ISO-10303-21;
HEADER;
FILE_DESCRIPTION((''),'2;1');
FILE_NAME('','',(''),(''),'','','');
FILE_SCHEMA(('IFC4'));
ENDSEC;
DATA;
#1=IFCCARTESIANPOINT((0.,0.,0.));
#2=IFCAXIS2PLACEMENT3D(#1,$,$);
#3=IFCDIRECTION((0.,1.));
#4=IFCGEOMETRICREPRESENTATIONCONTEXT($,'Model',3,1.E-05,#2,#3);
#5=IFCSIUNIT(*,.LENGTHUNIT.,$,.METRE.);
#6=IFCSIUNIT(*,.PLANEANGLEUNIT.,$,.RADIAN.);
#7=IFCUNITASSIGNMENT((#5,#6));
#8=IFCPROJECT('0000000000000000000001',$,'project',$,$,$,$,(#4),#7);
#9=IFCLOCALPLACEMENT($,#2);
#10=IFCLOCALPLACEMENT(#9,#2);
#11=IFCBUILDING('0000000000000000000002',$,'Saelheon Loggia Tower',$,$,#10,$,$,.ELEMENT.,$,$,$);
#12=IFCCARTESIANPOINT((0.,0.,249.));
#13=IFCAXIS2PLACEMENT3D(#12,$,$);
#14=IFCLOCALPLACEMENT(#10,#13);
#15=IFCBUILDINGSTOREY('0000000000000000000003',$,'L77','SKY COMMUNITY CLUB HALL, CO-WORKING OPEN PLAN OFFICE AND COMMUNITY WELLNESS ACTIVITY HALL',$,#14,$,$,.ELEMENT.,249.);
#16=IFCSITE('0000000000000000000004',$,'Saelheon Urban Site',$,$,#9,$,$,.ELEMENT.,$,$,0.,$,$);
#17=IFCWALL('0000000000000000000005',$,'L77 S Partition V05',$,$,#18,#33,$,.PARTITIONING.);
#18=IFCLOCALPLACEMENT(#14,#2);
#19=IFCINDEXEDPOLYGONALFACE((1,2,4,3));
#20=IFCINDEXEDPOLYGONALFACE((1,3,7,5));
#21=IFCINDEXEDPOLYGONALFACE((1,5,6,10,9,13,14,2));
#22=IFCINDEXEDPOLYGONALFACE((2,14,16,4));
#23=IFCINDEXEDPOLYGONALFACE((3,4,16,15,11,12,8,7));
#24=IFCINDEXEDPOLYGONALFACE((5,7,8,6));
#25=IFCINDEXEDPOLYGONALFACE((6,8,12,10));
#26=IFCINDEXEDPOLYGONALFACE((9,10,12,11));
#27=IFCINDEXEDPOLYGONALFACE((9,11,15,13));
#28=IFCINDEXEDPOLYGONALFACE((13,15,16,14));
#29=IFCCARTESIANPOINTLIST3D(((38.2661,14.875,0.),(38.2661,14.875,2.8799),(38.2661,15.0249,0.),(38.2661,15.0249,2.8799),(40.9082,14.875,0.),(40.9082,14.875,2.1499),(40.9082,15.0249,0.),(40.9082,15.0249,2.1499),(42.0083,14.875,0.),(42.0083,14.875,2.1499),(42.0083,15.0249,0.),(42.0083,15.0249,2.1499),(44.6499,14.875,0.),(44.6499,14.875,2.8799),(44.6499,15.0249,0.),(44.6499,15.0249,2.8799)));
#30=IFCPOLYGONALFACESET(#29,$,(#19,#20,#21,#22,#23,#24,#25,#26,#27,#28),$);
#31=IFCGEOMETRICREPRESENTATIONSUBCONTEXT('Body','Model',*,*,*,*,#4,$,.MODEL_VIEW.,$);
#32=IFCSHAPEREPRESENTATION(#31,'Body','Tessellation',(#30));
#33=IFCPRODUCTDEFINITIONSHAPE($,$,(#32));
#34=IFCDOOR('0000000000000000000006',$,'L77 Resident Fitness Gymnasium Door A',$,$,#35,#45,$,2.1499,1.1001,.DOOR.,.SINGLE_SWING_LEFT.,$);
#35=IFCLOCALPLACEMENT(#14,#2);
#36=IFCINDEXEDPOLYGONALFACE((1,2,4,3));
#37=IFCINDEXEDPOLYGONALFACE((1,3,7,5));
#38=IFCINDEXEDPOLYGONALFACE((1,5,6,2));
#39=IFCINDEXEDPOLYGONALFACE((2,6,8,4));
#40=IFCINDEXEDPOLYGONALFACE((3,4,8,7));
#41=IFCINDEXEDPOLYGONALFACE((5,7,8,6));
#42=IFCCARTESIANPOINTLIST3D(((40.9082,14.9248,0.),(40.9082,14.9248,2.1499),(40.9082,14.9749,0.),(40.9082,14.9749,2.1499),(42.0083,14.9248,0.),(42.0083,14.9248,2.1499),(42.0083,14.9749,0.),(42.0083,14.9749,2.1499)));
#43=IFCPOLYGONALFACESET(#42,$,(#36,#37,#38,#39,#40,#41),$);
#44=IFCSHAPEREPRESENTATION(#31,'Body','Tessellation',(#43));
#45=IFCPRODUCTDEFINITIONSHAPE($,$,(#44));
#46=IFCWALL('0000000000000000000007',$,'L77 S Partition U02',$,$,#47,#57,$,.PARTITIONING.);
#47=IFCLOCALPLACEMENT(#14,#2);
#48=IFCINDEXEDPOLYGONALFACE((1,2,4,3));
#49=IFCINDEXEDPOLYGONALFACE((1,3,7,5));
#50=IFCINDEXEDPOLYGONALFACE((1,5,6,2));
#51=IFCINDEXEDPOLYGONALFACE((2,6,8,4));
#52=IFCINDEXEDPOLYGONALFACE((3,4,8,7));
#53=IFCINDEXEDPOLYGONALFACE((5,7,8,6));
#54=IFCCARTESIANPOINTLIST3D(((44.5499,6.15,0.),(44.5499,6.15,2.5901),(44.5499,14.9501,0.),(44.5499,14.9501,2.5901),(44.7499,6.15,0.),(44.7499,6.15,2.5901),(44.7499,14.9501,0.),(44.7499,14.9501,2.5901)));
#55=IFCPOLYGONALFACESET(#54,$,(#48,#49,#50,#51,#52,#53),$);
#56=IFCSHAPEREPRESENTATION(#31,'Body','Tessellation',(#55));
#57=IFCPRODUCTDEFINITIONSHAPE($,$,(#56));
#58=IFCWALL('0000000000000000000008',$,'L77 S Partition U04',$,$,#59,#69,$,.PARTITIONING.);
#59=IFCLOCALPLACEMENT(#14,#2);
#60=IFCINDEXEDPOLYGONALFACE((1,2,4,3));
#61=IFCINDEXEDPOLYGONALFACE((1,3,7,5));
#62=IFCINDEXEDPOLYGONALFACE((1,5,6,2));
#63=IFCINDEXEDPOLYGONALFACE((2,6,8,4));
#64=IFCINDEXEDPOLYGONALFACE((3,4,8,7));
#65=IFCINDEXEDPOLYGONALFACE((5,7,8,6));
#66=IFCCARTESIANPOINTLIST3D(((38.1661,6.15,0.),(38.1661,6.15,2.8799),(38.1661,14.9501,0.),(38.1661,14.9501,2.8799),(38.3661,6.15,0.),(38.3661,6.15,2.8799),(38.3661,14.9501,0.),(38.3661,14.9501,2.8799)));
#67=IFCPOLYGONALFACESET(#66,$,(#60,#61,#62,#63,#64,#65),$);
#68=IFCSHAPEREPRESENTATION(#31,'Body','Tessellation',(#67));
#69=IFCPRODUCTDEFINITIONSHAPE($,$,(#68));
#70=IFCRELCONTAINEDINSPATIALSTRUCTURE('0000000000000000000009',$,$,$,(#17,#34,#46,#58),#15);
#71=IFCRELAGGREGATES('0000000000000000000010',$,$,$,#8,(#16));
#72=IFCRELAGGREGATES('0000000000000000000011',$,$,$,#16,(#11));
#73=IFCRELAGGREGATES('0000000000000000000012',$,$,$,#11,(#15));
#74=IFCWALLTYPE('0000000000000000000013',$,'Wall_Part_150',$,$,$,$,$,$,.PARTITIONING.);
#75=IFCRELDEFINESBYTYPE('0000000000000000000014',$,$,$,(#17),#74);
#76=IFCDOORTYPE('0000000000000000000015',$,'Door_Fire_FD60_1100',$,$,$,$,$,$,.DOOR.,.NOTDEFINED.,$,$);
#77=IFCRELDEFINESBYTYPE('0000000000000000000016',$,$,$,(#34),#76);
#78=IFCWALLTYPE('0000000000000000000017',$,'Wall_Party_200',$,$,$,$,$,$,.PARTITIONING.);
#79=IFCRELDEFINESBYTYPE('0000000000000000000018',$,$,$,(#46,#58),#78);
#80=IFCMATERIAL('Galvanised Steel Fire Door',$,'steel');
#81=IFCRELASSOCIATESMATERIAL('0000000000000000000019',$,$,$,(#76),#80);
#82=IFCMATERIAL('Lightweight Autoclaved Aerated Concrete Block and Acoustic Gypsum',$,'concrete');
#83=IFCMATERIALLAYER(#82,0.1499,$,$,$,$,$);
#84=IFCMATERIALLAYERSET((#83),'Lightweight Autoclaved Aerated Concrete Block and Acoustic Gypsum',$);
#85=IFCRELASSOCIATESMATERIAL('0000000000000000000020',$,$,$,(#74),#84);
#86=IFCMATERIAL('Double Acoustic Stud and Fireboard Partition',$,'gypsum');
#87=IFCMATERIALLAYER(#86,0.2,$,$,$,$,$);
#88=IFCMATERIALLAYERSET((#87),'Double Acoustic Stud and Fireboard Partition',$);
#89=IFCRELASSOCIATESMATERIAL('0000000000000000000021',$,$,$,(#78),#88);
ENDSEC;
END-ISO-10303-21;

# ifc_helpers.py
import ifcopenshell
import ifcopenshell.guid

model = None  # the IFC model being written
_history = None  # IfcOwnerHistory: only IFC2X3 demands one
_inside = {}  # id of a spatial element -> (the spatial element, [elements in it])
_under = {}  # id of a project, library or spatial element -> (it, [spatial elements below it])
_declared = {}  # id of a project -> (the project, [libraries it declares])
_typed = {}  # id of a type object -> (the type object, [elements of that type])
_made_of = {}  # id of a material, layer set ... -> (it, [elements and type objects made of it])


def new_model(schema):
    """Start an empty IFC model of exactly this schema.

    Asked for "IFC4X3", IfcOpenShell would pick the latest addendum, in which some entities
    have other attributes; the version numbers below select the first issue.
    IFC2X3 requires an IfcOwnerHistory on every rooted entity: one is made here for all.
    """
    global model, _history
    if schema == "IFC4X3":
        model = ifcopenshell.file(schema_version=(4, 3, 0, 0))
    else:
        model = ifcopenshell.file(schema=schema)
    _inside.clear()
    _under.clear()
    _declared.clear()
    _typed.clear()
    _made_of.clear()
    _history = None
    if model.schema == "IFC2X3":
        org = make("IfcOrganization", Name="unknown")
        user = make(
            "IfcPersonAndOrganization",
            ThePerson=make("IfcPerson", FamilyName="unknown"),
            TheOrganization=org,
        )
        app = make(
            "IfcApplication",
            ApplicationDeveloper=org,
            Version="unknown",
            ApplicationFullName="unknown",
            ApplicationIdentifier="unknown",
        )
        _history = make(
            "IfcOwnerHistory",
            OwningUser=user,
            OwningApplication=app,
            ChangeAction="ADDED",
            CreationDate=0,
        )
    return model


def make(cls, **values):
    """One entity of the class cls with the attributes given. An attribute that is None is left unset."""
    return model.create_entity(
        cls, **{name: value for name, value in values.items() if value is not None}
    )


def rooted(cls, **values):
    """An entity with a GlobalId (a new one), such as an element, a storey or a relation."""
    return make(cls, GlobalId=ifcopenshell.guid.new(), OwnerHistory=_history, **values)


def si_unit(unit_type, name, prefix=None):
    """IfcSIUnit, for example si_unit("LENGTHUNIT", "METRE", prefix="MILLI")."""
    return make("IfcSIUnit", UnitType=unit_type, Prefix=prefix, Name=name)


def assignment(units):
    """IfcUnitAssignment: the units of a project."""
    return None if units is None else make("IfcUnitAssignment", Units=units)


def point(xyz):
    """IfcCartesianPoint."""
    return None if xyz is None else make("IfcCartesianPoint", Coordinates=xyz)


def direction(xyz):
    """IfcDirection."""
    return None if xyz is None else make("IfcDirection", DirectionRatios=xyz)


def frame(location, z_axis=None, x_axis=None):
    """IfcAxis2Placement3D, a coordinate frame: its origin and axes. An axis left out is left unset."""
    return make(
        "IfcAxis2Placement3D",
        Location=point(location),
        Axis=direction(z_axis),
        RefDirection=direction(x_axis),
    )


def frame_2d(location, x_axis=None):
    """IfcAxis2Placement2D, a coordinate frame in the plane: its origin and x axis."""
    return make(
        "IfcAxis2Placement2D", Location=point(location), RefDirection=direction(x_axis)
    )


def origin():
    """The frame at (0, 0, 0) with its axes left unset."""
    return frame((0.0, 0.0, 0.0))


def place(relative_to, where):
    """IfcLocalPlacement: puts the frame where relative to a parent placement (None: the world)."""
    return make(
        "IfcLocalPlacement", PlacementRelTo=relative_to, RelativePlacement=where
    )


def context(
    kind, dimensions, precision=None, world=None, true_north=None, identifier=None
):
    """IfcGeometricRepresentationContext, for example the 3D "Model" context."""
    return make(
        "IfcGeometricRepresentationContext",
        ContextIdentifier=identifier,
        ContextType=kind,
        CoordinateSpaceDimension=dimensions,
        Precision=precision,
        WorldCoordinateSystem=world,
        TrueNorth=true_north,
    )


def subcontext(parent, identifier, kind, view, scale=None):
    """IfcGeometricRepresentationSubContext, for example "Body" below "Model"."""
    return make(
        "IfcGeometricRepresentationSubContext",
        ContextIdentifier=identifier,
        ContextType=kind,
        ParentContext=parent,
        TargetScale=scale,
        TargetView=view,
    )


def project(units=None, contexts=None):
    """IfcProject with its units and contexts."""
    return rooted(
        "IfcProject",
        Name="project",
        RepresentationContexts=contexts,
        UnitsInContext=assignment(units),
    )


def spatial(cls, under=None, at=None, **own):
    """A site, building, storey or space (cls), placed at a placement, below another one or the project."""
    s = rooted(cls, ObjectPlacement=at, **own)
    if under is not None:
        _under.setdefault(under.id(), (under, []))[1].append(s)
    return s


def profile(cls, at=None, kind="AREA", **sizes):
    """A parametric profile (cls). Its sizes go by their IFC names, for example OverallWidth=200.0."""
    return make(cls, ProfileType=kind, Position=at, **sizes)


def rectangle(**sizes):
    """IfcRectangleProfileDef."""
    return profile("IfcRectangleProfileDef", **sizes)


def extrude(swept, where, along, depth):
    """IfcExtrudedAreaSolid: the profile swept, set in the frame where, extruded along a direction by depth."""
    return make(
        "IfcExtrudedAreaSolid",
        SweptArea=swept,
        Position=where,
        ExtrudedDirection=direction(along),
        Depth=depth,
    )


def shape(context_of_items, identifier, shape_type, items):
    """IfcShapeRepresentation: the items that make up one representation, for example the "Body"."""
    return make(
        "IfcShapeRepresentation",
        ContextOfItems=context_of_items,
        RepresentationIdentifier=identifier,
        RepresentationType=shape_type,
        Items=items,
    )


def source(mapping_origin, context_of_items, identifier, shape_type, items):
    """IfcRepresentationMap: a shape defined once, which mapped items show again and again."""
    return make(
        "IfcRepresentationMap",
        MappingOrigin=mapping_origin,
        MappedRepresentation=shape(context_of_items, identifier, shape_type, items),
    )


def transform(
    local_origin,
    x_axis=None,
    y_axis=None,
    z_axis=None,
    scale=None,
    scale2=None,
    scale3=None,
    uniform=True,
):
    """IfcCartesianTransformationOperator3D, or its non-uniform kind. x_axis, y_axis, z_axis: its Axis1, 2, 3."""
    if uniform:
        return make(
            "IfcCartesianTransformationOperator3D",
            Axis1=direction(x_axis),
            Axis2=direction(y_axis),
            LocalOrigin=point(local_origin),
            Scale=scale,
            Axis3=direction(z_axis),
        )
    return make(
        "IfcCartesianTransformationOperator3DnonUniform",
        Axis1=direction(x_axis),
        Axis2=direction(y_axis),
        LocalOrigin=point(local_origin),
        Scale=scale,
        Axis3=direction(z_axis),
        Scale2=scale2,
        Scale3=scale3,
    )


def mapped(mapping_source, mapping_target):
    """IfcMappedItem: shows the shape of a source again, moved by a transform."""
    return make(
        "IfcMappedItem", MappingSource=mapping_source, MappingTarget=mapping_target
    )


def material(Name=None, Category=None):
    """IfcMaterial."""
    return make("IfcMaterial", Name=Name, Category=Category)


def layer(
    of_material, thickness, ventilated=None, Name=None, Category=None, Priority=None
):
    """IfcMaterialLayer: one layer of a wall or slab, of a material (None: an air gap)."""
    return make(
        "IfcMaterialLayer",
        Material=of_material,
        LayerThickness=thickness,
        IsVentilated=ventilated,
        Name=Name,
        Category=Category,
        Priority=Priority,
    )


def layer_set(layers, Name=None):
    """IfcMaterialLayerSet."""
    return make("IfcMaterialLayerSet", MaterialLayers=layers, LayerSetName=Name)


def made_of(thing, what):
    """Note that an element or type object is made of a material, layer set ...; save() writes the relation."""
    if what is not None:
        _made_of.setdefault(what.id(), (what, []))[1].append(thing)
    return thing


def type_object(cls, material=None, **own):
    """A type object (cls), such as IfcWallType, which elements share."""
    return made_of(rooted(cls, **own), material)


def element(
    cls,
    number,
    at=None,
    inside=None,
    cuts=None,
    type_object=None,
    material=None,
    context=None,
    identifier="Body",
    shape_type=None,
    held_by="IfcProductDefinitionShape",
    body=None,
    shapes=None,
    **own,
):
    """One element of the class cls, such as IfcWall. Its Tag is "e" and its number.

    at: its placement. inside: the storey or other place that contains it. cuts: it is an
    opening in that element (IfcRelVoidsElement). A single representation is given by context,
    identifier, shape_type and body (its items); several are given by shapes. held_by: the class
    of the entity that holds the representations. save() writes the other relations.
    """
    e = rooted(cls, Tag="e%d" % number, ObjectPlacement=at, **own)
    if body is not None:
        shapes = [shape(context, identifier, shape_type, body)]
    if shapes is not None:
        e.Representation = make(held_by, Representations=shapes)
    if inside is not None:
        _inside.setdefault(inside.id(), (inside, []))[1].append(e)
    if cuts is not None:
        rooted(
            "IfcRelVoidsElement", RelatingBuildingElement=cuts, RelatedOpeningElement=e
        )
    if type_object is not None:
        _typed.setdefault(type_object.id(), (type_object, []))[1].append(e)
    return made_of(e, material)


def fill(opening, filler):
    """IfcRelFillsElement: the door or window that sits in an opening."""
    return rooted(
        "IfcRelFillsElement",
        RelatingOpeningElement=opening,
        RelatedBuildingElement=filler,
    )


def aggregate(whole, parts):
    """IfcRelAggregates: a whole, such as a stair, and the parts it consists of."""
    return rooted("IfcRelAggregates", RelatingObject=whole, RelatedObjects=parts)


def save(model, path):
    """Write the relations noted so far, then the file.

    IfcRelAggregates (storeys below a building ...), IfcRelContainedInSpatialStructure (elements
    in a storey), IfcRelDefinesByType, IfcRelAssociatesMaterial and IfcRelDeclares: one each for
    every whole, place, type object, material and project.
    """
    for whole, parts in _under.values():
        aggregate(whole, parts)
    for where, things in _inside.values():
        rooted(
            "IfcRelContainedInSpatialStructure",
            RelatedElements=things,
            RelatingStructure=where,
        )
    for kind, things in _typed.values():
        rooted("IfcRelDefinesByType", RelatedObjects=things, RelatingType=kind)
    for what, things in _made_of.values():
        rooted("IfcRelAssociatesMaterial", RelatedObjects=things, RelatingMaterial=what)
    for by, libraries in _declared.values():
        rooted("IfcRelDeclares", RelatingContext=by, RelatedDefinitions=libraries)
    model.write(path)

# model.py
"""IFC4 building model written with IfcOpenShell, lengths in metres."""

from ifc_helpers import new_model, si_unit, direction, frame, frame_2d, origin, place, context, subcontext, project, spatial, rectangle, extrude, source, transform, mapped, material, layer, layer_set, type_object, element, fill, save


model = new_model("IFC4")

# Units and contexts
model_context = context("Model", 3, precision=1e-05, world=origin(), true_north=direction((0.0, 1.0)))
body_context = subcontext(model_context, "Body", "Model", "MODEL_VIEW")
ifc_project = project(units=[si_unit("LENGTHUNIT", "METRE"), si_unit("PLANEANGLEUNIT", "RADIAN")], contexts=[model_context])

# Site, building, storey
site_placement = place(None, origin())
site = spatial("IfcSite", under=ifc_project, at=site_placement, Name="Saelheon Urban Site", CompositionType="ELEMENT", RefElevation=0.0)
building_placement = place(site_placement, origin())
building = spatial("IfcBuilding", under=site, at=building_placement, Name="Saelheon Loggia Tower", CompositionType="ELEMENT")
storey_placement = place(building_placement, frame((0.0, 0.0, 249.0)))
storey = spatial("IfcBuildingStorey", under=building, at=storey_placement, Name="L77", Description="SKY COMMUNITY CLUB HALL, CO-WORKING OPEN PLAN OFFICE AND COMMUNITY WELLNESS ACTIVITY HALL", CompositionType="ELEMENT", Elevation=249.0)

# Wall, opening, door
ifc_material_1 = material(Name="Galvanised Steel Fire Door", Category="steel")
door_type_1 = type_object("IfcDoorType", Name="Door_Fire_FD60_1100", OperationType="NOTDEFINED", PredefinedType="DOOR", material=ifc_material_1)
shared_shape_1 = source(origin(), body_context, "Body", "SweptSolid", [
    extrude(rectangle(XDim=1.1001, YDim=2.1499, at=frame_2d((0.55, 1.075))), frame((0.0, 0.0249, 0.0), z_axis=(0.0, -1.0, 0.0), x_axis=(1.0, 0.0, 0.0)), (0.0, 0.0, 1.0), 0.05),
])
ifc_material_2 = material(Name="Lightweight Autoclaved Aerated Concrete Block and Acoustic Gypsum", Category="concrete")
ifc_layer_1 = layer(ifc_material_2, 0.1499)
ifc_layer_set_1 = layer_set([ifc_layer_1], Name="Lightweight Autoclaved Aerated Concrete Block and Acoustic Gypsum")
wall_type_1 = type_object("IfcWallType", Name="Wall_Part_150", PredefinedType="PARTITIONING", material=ifc_layer_set_1)
wall_1_placement = place(storey_placement, frame((38.2661, 14.95, 0.0), z_axis=(0.0, 0.0, 1.0), x_axis=(1.0, 0.0, 0.0)))
wall_1 = element("IfcWall", 1, at=wall_1_placement, inside=storey, type_object=wall_type_1, Name="L77 S Partition V05", PredefinedType="PARTITIONING", context=body_context, shape_type="SweptSolid", body=[
    extrude(rectangle(XDim=6.3838, YDim=0.1499, at=frame_2d((3.1919, 0.0))), origin(), (0.0, 0.0, 1.0), 2.8799),
])
opening_1_placement = place(wall_1_placement, frame((2.6421, 0.0, 0.0)))
opening_1 = element("IfcOpeningElement", 2, at=opening_1_placement, cuts=wall_1, PredefinedType="OPENING", context=body_context, shape_type="SweptSolid", body=[
    extrude(rectangle(XDim=1.1001, YDim=2.1499, at=frame_2d((0.55, 1.075))), frame((0.0, 0.0869, 0.0), z_axis=(0.0, -1.0, 0.0), x_axis=(1.0, 0.0, 0.0)), (0.0, 0.0, 1.0), 0.1738),
])
door_1_placement = place(opening_1_placement, origin())
door_1 = element("IfcDoor", 3, at=door_1_placement, inside=storey, type_object=door_type_1, Name="L77 Resident Fitness Gymnasium Door A", OperationType="SINGLE_SWING_LEFT", OverallHeight=2.1499, OverallWidth=1.1001, PredefinedType="DOOR", context=body_context, shape_type="MappedRepresentation", body=[
    mapped(shared_shape_1, transform((0.0, 0.0, 0.0), scale=1.0)),
])
fill(opening_1, door_1)

# Walls
ifc_material_3 = material(Name="Double Acoustic Stud and Fireboard Partition", Category="gypsum")
ifc_layer_2 = layer(ifc_material_3, 0.2)
ifc_layer_set_2 = layer_set([ifc_layer_2], Name="Double Acoustic Stud and Fireboard Partition")
wall_type_2 = type_object("IfcWallType", Name="Wall_Party_200", PredefinedType="PARTITIONING", material=ifc_layer_set_2)
wall_2_placement = place(storey_placement, frame((44.6499, 14.95, 0.0), z_axis=(0.0, 0.0, 1.0), x_axis=(0.0, -1.0, 0.0)))
element("IfcWall", 4, at=wall_2_placement, inside=storey, type_object=wall_type_2, Name="L77 S Partition U02", PredefinedType="PARTITIONING", context=body_context, shape_type="SweptSolid", body=[
    extrude(rectangle(XDim=8.8, YDim=0.2, at=frame_2d((4.3999, 0.0))), origin(), (0.0, 0.0, 1.0), 2.5901),
])
wall_3_placement = place(storey_placement, frame((38.2661, 14.95, 0.0), z_axis=(0.0, 0.0, 1.0), x_axis=(0.0, -1.0, 0.0)))
element("IfcWall", 5, at=wall_3_placement, inside=storey, type_object=wall_type_2, Name="L77 S Partition U04", PredefinedType="PARTITIONING", context=body_context, shape_type="SweptSolid", body=[
    extrude(rectangle(XDim=8.8, YDim=0.2, at=frame_2d((4.3999, 0.0))), origin(), (0.0, 0.0, 1.0), 2.8799),
])

save(model, "model.ifc")
